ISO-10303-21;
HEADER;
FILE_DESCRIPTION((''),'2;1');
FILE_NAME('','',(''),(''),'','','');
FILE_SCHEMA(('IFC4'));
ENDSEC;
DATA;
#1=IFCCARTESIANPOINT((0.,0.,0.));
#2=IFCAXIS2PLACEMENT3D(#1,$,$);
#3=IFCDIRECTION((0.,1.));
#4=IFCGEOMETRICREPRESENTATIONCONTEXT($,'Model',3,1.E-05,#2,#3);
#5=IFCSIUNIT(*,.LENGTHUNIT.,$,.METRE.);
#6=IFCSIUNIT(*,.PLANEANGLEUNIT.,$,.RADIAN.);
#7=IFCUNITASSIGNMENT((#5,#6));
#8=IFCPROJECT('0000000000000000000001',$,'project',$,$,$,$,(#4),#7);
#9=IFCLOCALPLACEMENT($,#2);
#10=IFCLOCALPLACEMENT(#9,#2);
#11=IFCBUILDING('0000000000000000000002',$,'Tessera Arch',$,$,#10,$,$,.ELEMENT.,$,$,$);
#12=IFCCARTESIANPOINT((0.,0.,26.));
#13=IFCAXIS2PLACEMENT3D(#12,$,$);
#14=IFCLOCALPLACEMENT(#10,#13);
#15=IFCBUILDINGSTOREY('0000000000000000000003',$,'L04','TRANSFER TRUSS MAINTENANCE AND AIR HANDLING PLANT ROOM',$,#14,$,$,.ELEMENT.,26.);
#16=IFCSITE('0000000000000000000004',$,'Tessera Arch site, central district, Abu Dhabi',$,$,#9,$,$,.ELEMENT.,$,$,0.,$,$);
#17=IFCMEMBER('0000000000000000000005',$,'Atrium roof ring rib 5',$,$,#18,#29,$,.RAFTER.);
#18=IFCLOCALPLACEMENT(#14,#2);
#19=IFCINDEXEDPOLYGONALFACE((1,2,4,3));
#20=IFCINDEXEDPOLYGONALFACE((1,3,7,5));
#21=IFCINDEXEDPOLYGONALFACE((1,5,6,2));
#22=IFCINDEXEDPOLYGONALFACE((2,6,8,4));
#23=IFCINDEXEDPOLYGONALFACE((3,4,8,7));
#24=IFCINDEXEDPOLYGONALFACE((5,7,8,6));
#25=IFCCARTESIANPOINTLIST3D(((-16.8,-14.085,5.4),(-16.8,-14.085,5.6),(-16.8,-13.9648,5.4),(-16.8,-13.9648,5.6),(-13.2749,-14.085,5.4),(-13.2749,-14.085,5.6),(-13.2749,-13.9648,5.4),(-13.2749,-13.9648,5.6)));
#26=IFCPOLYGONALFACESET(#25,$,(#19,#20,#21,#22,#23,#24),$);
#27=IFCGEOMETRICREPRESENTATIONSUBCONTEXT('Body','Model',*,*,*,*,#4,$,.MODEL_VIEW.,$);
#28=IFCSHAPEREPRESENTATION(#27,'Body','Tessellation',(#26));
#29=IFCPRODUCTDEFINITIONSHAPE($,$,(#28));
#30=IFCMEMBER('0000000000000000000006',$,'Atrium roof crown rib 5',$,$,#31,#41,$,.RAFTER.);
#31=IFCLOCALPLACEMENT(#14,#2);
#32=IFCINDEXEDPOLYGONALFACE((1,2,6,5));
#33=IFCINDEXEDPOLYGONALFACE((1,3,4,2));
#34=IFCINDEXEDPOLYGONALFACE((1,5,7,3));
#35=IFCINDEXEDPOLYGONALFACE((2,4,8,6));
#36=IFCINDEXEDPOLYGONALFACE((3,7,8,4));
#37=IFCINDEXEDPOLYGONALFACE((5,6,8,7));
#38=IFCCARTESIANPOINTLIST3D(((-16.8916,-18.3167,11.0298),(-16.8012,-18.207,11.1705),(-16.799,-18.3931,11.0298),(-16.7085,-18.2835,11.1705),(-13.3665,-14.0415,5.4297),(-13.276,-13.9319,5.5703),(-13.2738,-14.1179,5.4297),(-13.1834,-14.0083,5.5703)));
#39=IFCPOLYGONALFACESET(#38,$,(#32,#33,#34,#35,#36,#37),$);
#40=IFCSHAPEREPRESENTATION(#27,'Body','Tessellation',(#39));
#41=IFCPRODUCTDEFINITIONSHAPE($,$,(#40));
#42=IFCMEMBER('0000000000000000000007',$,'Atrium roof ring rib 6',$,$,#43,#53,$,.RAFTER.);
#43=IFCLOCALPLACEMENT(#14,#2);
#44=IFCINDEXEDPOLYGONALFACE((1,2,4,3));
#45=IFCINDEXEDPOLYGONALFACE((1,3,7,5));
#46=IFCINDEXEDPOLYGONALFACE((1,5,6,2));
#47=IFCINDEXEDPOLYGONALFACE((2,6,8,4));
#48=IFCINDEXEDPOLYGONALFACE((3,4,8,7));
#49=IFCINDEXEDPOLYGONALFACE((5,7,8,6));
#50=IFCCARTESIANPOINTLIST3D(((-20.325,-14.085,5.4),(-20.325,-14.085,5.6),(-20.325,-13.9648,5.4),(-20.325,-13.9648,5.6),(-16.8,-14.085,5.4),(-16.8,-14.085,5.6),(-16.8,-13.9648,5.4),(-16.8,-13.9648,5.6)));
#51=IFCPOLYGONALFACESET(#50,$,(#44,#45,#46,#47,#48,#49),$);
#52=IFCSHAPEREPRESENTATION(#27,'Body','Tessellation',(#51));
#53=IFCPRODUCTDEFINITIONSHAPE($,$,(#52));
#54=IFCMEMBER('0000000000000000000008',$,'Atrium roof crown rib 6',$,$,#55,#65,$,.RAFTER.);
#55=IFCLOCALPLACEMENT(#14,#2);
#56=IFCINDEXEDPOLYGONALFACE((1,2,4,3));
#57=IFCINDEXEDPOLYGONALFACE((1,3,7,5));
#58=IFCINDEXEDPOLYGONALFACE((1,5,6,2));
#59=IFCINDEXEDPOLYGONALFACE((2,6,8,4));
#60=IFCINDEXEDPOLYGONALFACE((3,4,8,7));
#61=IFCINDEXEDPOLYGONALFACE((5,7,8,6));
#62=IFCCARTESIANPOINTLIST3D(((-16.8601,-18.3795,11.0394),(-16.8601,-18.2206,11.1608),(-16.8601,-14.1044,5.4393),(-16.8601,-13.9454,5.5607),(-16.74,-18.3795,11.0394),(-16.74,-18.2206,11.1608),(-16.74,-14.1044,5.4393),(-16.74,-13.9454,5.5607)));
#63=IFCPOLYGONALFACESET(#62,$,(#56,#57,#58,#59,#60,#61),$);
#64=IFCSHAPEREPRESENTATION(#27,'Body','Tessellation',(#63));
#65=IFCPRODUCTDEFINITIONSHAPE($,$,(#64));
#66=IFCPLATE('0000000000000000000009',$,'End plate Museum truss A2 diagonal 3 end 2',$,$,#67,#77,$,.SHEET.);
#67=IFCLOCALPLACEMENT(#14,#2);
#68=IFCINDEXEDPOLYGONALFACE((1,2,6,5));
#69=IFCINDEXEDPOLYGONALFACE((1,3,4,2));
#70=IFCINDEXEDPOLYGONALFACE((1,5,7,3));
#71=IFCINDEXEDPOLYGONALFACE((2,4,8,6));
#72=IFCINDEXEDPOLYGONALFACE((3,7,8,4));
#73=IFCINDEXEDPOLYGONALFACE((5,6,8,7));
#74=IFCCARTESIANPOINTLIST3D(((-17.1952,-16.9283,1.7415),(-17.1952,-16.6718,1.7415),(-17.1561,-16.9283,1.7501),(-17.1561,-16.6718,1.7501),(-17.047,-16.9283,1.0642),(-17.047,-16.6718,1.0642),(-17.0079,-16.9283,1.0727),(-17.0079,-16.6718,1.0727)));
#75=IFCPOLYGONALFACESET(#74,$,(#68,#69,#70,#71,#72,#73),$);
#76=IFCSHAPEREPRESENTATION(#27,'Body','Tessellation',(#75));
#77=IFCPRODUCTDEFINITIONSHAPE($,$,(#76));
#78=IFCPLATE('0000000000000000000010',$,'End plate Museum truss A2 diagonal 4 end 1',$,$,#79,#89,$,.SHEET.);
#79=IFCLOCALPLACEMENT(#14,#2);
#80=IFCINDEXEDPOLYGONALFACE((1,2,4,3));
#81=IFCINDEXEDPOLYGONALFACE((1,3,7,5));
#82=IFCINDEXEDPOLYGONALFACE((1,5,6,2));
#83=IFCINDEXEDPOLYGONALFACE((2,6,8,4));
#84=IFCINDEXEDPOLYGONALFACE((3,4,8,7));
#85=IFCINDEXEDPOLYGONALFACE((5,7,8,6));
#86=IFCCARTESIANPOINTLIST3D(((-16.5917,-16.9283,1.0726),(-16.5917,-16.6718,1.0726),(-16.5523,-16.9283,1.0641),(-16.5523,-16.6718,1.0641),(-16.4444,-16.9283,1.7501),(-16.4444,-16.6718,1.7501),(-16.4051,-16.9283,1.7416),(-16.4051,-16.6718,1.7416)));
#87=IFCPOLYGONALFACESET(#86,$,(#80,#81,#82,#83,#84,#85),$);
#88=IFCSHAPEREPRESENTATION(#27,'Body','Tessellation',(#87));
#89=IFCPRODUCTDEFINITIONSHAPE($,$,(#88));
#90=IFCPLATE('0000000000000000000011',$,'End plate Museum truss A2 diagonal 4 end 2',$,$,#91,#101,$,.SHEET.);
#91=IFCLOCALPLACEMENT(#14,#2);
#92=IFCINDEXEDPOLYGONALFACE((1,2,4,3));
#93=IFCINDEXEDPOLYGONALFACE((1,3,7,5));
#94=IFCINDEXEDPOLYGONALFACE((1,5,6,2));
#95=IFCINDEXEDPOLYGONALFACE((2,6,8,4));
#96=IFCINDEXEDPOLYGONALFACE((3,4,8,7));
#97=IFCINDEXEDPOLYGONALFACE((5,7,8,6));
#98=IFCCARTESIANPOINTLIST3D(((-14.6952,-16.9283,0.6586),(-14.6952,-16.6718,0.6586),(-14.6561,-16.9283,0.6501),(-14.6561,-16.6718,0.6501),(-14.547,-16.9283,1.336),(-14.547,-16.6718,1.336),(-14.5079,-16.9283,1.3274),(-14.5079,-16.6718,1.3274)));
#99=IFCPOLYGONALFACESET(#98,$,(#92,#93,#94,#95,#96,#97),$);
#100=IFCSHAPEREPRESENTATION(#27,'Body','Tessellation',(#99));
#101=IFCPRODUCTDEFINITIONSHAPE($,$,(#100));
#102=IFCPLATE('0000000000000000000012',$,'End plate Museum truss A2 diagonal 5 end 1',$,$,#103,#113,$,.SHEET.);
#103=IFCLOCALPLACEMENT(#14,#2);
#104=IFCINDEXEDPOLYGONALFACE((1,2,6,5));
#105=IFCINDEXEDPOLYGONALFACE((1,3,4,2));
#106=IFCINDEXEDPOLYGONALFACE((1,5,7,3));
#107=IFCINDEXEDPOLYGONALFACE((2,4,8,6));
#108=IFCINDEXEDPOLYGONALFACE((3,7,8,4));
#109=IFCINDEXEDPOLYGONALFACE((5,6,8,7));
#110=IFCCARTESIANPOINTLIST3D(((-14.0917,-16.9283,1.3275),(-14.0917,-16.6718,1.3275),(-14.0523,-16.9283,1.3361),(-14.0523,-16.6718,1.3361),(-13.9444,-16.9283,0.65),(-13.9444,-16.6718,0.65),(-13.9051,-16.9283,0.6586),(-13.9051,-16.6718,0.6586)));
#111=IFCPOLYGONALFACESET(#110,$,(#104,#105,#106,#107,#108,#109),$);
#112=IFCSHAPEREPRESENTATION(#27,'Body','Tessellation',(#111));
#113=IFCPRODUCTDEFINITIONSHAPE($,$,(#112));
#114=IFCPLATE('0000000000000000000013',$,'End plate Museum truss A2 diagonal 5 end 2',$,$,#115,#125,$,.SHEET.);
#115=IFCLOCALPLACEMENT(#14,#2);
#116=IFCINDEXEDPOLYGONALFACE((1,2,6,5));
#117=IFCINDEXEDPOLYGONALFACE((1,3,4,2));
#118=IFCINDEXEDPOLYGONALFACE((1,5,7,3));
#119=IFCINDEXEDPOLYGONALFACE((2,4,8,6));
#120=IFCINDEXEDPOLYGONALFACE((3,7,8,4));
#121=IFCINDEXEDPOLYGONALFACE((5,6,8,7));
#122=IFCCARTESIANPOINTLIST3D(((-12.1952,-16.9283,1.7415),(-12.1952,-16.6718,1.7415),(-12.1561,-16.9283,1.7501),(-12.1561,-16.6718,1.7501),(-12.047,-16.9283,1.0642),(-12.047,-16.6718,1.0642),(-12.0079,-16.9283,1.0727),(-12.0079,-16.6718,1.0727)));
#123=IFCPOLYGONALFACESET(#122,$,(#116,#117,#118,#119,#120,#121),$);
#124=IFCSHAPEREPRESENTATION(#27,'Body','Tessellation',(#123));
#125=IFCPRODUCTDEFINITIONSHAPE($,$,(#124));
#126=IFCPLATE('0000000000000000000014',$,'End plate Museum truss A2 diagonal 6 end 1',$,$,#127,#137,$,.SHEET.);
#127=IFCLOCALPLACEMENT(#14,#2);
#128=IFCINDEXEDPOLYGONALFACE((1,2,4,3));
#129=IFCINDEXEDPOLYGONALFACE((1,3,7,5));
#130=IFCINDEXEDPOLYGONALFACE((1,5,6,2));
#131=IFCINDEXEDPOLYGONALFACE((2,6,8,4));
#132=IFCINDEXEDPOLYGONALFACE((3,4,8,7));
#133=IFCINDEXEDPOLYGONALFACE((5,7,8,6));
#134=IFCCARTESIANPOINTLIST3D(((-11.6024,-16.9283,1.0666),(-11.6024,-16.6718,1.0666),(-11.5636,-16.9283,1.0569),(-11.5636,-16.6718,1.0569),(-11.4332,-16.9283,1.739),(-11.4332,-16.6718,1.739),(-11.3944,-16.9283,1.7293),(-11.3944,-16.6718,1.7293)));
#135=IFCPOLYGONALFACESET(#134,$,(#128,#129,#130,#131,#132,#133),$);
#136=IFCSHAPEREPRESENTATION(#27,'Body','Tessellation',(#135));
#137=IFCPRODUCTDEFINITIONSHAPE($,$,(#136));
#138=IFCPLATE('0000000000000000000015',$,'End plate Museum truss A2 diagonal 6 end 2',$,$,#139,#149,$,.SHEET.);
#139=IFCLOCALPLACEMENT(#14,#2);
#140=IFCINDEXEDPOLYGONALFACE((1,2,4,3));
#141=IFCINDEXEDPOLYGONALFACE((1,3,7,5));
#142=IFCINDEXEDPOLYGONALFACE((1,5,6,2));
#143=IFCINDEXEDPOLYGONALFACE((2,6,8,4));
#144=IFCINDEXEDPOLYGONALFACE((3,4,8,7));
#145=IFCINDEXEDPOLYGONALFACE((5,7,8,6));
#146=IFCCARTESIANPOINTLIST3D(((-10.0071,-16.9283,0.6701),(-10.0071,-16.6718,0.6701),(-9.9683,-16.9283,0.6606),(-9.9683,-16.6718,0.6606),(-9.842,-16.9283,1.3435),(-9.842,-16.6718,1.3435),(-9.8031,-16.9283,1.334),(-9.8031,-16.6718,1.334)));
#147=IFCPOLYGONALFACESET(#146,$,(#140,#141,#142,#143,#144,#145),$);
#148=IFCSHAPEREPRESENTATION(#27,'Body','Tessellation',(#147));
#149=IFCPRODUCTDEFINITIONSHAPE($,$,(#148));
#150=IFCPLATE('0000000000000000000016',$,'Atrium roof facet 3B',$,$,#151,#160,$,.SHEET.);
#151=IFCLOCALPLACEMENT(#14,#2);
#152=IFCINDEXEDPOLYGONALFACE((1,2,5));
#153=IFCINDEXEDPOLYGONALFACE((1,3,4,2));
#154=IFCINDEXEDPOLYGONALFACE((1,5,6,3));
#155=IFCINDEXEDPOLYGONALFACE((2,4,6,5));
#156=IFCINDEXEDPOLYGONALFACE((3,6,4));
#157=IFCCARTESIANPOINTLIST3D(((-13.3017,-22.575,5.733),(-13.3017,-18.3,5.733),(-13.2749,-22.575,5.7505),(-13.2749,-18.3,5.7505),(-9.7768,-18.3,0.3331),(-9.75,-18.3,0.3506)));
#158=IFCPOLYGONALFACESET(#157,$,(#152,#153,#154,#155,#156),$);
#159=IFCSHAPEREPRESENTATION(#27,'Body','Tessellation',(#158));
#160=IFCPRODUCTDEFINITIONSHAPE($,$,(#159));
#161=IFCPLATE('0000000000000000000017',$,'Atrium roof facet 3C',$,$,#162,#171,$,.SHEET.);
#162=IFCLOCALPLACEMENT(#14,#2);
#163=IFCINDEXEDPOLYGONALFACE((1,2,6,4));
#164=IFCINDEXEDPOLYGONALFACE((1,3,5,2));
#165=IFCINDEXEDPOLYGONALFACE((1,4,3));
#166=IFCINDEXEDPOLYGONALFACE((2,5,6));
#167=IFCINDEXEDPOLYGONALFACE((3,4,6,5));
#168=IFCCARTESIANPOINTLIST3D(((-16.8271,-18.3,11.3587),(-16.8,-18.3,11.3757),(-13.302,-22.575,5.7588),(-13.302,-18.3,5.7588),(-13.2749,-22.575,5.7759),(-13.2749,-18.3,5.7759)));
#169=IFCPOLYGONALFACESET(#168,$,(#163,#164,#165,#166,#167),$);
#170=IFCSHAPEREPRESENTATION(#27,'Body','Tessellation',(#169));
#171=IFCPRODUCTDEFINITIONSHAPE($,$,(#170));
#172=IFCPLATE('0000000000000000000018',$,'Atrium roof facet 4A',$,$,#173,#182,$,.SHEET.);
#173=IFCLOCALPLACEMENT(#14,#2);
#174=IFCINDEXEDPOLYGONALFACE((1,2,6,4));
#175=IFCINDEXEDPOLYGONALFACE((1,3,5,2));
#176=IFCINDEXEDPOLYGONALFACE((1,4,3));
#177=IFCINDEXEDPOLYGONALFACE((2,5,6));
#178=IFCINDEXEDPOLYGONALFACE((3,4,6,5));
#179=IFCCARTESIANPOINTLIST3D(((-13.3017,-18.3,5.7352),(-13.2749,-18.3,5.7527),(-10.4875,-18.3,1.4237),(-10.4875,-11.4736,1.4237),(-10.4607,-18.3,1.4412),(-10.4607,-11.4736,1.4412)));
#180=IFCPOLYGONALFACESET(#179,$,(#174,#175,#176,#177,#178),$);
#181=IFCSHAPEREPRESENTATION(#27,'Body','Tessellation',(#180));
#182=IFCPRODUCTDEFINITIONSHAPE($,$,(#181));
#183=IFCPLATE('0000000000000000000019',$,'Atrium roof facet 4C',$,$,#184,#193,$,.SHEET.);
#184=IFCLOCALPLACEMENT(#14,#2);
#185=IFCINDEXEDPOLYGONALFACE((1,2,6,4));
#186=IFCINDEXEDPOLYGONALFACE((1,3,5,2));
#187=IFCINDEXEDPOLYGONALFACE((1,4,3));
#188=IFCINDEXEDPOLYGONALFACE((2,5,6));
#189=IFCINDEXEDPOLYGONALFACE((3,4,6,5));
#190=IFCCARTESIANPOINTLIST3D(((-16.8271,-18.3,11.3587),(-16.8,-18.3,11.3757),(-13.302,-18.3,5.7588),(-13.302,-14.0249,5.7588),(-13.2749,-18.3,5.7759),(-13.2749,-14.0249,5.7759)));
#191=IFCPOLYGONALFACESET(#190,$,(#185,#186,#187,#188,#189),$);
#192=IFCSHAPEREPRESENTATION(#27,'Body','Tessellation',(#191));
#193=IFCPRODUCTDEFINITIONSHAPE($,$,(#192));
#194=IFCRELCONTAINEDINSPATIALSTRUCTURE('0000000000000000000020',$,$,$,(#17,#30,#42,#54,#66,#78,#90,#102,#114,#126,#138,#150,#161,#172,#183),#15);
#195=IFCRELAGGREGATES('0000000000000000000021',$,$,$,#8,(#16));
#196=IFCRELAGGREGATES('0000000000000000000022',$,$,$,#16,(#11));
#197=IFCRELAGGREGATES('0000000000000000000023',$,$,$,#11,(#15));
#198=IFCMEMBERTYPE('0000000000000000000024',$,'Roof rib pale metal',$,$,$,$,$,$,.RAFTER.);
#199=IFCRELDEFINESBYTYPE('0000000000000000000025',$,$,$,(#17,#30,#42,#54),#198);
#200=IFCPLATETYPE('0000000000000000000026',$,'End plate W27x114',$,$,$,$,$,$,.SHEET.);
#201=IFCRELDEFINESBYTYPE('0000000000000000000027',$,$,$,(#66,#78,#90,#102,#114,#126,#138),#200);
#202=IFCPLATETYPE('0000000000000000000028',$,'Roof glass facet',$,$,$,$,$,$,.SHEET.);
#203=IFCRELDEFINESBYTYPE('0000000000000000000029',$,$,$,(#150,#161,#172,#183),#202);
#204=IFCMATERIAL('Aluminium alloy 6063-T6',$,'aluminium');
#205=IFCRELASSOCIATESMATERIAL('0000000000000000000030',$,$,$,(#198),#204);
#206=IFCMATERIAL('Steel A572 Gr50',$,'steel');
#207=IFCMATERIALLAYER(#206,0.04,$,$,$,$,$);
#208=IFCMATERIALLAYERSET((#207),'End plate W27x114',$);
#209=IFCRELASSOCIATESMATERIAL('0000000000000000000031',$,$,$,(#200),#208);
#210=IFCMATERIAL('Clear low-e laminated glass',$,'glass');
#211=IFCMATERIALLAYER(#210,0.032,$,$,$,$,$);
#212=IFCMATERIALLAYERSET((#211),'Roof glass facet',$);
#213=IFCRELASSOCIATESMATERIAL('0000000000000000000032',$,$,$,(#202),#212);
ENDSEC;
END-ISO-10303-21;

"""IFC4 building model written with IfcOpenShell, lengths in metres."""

from ifc_helpers import new_model, si_unit, direction, frame, origin, origin_2d, place, context, subcontext, project, spatial, polyline, rectangle, outline, extrude, material, layer, layer_set, material_profile, profile_set, type_object, element, save


model = new_model("IFC4")

# Units and contexts
model_context = context("Model", 3, precision=1e-05, world=origin(), true_north=direction((0.0, 1.0)))
body_context = subcontext(model_context, "Body", "Model", "MODEL_VIEW")
ifc_project = project(units=[si_unit("LENGTHUNIT", "METRE"), si_unit("PLANEANGLEUNIT", "RADIAN")], contexts=[model_context])

# Site, building, storey
site_placement = place(None, origin())
site = spatial("IfcSite", under=ifc_project, at=site_placement, Name="Tessera Arch site, central district, Abu Dhabi", CompositionType="ELEMENT", RefElevation=0.0)
building_placement = place(site_placement, origin())
building = spatial("IfcBuilding", under=site, at=building_placement, Name="Tessera Arch", CompositionType="ELEMENT")
storey_placement = place(building_placement, frame((0.0, 0.0, 26.0)))
storey = spatial("IfcBuildingStorey", under=building, at=storey_placement, Name="L04", Description="TRANSFER TRUSS MAINTENANCE AND AIR HANDLING PLANT ROOM", CompositionType="ELEMENT", Elevation=26.0)

# Members
ifc_material_1 = material(Name="Aluminium alloy 6063-T6", Category="aluminium")
ifc_material_profile_1 = material_profile(ifc_material_1, rectangle(XDim=0.1201, YDim=0.2, at=origin_2d()), Name="AL 120x200")
ifc_profile_set_1 = profile_set([ifc_material_profile_1], Name="Aluminium alloy 6063-T6")
member_type_1 = type_object("IfcMemberType", Name="Roof rib pale metal", PredefinedType="RAFTER", material=ifc_profile_set_1)
member_1_placement = place(storey_placement, frame((-13.2749, -14.0249, 5.5), z_axis=(-1.0, 0.0, 0.0), x_axis=(0.0, -1.0, 0.0)))
element("IfcMember", 1, at=member_1_placement, inside=storey, type_object=member_type_1, Name="Atrium roof ring rib 5", PredefinedType="RAFTER", context=body_context, shape_type="SweptSolid", body=[
    extrude(rectangle(XDim=0.1201, YDim=0.2, at=origin_2d()), origin(), (0.0, 0.0, 1.0), 3.5251),
])
member_2_placement = place(storey_placement, frame((-13.2749, -14.0249, 5.5), z_axis=(-0.447461, -0.542661, 0.710843), x_axis=(0.771537, -0.636184, 0.0)))
element("IfcMember", 2, at=member_2_placement, inside=storey, type_object=member_type_1, Name="Atrium roof crown rib 5", PredefinedType="RAFTER", context=body_context, shape_type="SweptSolid", body=[
    extrude(rectangle(XDim=0.1201, YDim=0.2, at=origin_2d()), origin(), (0.0, 0.0, 1.0), 7.8782),
])
member_3_placement = place(storey_placement, frame((-16.8, -14.0249, 5.5), z_axis=(-1.0, 0.0, 0.0), x_axis=(0.0, -1.0, 0.0)))
element("IfcMember", 3, at=member_3_placement, inside=storey, type_object=member_type_1, Name="Atrium roof ring rib 6", PredefinedType="RAFTER", context=body_context, shape_type="SweptSolid", body=[
    extrude(rectangle(XDim=0.1201, YDim=0.2, at=origin_2d()), origin(), (0.0, 0.0, 1.0), 3.5249),
])
member_4_placement = place(storey_placement, frame((-16.8, -14.0249, 5.5), z_axis=(0.0, -0.606798, 0.794856), x_axis=(1.0, 0.0, 0.0)))
element("IfcMember", 4, at=member_4_placement, inside=storey, type_object=member_type_1, Name="Atrium roof crown rib 6", PredefinedType="RAFTER", context=body_context, shape_type="SweptSolid", body=[
    extrude(rectangle(XDim=0.1201, YDim=0.2, at=origin_2d()), origin(), (0.0, 0.0, 1.0), 7.0454),
])

# Plates
ifc_material_2 = material(Name="Steel A572 Gr50", Category="steel")
ifc_layer_1 = layer(ifc_material_2, 0.04)
ifc_layer_set_1 = layer_set([ifc_layer_1], Name="End plate W27x114")
plate_type_1 = type_object("IfcPlateType", Name="End plate W27x114", PredefinedType="SHEET", material=ifc_layer_set_1)
plate_1_placement = place(storey_placement, frame((-17.1211, -16.8, 1.4028), z_axis=(0.9769, 0.0, 0.213697), x_axis=(0.0, 1.0, 0.0)))
element("IfcPlate", 5, at=plate_1_placement, inside=storey, type_object=plate_type_1, Name="End plate Museum truss A2 diagonal 3 end 2", PredefinedType="SHEET", context=body_context, shape_type="SweptSolid", body=[
    extrude(rectangle(XDim=0.2566, YDim=0.6934, at=origin_2d()), origin(), (0.0, 0.0, 1.0), 0.04),
])
plate_2_placement = place(storey_placement, frame((-16.5181, -16.8, 1.4114), z_axis=(0.977176, 0.0, -0.21243), x_axis=(0.0, 1.0, 0.0)))
element("IfcPlate", 6, at=plate_2_placement, inside=storey, type_object=plate_type_1, Name="End plate Museum truss A2 diagonal 4 end 1", PredefinedType="SHEET", context=body_context, shape_type="SweptSolid", body=[
    extrude(rectangle(XDim=0.2566, YDim=0.6934, at=origin_2d()), origin(), (0.0, 0.0, 1.0), 0.0403),
])
plate_3_placement = place(storey_placement, frame((-14.6211, -16.8, 0.9973), z_axis=(0.9769, 0.0, -0.213697), x_axis=(0.0, 1.0, 0.0)))
element("IfcPlate", 7, at=plate_3_placement, inside=storey, type_object=plate_type_1, Name="End plate Museum truss A2 diagonal 4 end 2", PredefinedType="SHEET", context=body_context, shape_type="SweptSolid", body=[
    extrude(rectangle(XDim=0.2566, YDim=0.6934, at=origin_2d()), origin(), (0.0, 0.0, 1.0), 0.04),
])
plate_4_placement = place(storey_placement, frame((-14.0181, -16.8, 0.9888), z_axis=(0.977176, 0.0, 0.21243), x_axis=(0.0, 1.0, 0.0)))
element("IfcPlate", 8, at=plate_4_placement, inside=storey, type_object=plate_type_1, Name="End plate Museum truss A2 diagonal 5 end 1", PredefinedType="SHEET", context=body_context, shape_type="SweptSolid", body=[
    extrude(rectangle(XDim=0.2566, YDim=0.6934, at=origin_2d()), origin(), (0.0, 0.0, 1.0), 0.0403),
])
for number, where, z_axis, x_axis, name in (
    (9, (-12.1211, -16.8, 1.4028), (0.9769, 0.0, 0.213697), (0.0, 1.0, 0.0), "End plate Museum truss A2 diagonal 5 end 2"),
    (10, (-11.5178, -16.8, 1.4028), (0.969783, 0.0, -0.24397), (0.0, 1.0, 0.0), "End plate Museum truss A2 diagonal 6 end 1"),
    (11, (-9.9246, -16.8, 1.0068), (0.971211, 0.0, -0.238222), (0.0, 1.0, 0.0), "End plate Museum truss A2 diagonal 6 end 2"),
):
    element("IfcPlate", number, at=place(storey_placement, frame(where, z_axis=z_axis, x_axis=x_axis)), inside=storey, type_object=plate_type_1, Name=name, PredefinedType="SHEET", context=body_context, shape_type="SweptSolid", body=[
        extrude(rectangle(XDim=0.2566, YDim=0.6934, at=origin_2d()), origin(), (0.0, 0.0, 1.0), 0.04),
    ])
ifc_material_3 = material(Name="Clear low-e laminated glass", Category="glass")
ifc_layer_2 = layer(ifc_material_3, 0.032)
ifc_layer_set_2 = layer_set([ifc_layer_2], Name="Roof glass facet")
plate_type_2 = type_object("IfcPlateType", Name="Roof glass facet", PredefinedType="SHEET", material=ifc_layer_set_2)
plate_5_placement = place(storey_placement, frame((-9.75, -18.3, 0.3506), z_axis=(0.837382, 0.0, 0.546619), x_axis=(-0.546619, 0.0, 0.837382)))
element("IfcPlate", 12, at=plate_5_placement, inside=storey, type_object=plate_type_2, Name="Atrium roof facet 3B", PredefinedType="SHEET", context=body_context, shape_type="SweptSolid", body=[
    extrude(outline(polyline([(0.0, 0.0), (6.4486, 0.0), (6.4486, 4.2749), (0.0, 0.0)])), origin(), (0.0, 0.0, -1.0), 0.032),
])
plate_6_placement = place(storey_placement, frame((-13.2749, -22.575, 5.7759), z_axis=(0.84628, 0.0, 0.532739), x_axis=(0.0, 1.0, 0.0)))
element("IfcPlate", 13, at=plate_6_placement, inside=storey, type_object=plate_type_2, Name="Atrium roof facet 3C", PredefinedType="SHEET", context=body_context, shape_type="SweptSolid", body=[
    extrude(outline(polyline([(0.0, 0.0), (4.2749, 0.0), (4.2749, 6.617), (0.0, 0.0)])), origin(), (0.0, 0.0, -1.0), 0.032),
])
plate_7_placement = place(storey_placement, frame((-10.4607, -18.3, 1.4412), z_axis=(0.837402, 0.0, 0.546587), x_axis=(0.0, 1.0, 0.0)))
element("IfcPlate", 14, at=plate_7_placement, inside=storey, type_object=plate_type_2, Name="Atrium roof facet 4A", PredefinedType="SHEET", context=body_context, shape_type="SweptSolid", body=[
    extrude(outline(polyline([(0.0, 0.0), (6.8264, 0.0), (0.0, 5.1487), (0.0, 0.0)])), origin(), (0.0, 0.0, -1.0), 0.032),
])
plate_8_placement = place(storey_placement, frame((-13.2749, -18.3, 5.7759), z_axis=(0.84628, 0.0, 0.532739), x_axis=(0.0, 1.0, 0.0)))
element("IfcPlate", 15, at=plate_8_placement, inside=storey, type_object=plate_type_2, Name="Atrium roof facet 4C", PredefinedType="SHEET", context=body_context, shape_type="SweptSolid", body=[
    extrude(outline(polyline([(0.0, 0.0), (4.2751, 0.0), (0.0, 6.617), (0.0, 0.0)])), origin(), (0.0, 0.0, -1.0), 0.032),
])

save(model, "model.ifc")
